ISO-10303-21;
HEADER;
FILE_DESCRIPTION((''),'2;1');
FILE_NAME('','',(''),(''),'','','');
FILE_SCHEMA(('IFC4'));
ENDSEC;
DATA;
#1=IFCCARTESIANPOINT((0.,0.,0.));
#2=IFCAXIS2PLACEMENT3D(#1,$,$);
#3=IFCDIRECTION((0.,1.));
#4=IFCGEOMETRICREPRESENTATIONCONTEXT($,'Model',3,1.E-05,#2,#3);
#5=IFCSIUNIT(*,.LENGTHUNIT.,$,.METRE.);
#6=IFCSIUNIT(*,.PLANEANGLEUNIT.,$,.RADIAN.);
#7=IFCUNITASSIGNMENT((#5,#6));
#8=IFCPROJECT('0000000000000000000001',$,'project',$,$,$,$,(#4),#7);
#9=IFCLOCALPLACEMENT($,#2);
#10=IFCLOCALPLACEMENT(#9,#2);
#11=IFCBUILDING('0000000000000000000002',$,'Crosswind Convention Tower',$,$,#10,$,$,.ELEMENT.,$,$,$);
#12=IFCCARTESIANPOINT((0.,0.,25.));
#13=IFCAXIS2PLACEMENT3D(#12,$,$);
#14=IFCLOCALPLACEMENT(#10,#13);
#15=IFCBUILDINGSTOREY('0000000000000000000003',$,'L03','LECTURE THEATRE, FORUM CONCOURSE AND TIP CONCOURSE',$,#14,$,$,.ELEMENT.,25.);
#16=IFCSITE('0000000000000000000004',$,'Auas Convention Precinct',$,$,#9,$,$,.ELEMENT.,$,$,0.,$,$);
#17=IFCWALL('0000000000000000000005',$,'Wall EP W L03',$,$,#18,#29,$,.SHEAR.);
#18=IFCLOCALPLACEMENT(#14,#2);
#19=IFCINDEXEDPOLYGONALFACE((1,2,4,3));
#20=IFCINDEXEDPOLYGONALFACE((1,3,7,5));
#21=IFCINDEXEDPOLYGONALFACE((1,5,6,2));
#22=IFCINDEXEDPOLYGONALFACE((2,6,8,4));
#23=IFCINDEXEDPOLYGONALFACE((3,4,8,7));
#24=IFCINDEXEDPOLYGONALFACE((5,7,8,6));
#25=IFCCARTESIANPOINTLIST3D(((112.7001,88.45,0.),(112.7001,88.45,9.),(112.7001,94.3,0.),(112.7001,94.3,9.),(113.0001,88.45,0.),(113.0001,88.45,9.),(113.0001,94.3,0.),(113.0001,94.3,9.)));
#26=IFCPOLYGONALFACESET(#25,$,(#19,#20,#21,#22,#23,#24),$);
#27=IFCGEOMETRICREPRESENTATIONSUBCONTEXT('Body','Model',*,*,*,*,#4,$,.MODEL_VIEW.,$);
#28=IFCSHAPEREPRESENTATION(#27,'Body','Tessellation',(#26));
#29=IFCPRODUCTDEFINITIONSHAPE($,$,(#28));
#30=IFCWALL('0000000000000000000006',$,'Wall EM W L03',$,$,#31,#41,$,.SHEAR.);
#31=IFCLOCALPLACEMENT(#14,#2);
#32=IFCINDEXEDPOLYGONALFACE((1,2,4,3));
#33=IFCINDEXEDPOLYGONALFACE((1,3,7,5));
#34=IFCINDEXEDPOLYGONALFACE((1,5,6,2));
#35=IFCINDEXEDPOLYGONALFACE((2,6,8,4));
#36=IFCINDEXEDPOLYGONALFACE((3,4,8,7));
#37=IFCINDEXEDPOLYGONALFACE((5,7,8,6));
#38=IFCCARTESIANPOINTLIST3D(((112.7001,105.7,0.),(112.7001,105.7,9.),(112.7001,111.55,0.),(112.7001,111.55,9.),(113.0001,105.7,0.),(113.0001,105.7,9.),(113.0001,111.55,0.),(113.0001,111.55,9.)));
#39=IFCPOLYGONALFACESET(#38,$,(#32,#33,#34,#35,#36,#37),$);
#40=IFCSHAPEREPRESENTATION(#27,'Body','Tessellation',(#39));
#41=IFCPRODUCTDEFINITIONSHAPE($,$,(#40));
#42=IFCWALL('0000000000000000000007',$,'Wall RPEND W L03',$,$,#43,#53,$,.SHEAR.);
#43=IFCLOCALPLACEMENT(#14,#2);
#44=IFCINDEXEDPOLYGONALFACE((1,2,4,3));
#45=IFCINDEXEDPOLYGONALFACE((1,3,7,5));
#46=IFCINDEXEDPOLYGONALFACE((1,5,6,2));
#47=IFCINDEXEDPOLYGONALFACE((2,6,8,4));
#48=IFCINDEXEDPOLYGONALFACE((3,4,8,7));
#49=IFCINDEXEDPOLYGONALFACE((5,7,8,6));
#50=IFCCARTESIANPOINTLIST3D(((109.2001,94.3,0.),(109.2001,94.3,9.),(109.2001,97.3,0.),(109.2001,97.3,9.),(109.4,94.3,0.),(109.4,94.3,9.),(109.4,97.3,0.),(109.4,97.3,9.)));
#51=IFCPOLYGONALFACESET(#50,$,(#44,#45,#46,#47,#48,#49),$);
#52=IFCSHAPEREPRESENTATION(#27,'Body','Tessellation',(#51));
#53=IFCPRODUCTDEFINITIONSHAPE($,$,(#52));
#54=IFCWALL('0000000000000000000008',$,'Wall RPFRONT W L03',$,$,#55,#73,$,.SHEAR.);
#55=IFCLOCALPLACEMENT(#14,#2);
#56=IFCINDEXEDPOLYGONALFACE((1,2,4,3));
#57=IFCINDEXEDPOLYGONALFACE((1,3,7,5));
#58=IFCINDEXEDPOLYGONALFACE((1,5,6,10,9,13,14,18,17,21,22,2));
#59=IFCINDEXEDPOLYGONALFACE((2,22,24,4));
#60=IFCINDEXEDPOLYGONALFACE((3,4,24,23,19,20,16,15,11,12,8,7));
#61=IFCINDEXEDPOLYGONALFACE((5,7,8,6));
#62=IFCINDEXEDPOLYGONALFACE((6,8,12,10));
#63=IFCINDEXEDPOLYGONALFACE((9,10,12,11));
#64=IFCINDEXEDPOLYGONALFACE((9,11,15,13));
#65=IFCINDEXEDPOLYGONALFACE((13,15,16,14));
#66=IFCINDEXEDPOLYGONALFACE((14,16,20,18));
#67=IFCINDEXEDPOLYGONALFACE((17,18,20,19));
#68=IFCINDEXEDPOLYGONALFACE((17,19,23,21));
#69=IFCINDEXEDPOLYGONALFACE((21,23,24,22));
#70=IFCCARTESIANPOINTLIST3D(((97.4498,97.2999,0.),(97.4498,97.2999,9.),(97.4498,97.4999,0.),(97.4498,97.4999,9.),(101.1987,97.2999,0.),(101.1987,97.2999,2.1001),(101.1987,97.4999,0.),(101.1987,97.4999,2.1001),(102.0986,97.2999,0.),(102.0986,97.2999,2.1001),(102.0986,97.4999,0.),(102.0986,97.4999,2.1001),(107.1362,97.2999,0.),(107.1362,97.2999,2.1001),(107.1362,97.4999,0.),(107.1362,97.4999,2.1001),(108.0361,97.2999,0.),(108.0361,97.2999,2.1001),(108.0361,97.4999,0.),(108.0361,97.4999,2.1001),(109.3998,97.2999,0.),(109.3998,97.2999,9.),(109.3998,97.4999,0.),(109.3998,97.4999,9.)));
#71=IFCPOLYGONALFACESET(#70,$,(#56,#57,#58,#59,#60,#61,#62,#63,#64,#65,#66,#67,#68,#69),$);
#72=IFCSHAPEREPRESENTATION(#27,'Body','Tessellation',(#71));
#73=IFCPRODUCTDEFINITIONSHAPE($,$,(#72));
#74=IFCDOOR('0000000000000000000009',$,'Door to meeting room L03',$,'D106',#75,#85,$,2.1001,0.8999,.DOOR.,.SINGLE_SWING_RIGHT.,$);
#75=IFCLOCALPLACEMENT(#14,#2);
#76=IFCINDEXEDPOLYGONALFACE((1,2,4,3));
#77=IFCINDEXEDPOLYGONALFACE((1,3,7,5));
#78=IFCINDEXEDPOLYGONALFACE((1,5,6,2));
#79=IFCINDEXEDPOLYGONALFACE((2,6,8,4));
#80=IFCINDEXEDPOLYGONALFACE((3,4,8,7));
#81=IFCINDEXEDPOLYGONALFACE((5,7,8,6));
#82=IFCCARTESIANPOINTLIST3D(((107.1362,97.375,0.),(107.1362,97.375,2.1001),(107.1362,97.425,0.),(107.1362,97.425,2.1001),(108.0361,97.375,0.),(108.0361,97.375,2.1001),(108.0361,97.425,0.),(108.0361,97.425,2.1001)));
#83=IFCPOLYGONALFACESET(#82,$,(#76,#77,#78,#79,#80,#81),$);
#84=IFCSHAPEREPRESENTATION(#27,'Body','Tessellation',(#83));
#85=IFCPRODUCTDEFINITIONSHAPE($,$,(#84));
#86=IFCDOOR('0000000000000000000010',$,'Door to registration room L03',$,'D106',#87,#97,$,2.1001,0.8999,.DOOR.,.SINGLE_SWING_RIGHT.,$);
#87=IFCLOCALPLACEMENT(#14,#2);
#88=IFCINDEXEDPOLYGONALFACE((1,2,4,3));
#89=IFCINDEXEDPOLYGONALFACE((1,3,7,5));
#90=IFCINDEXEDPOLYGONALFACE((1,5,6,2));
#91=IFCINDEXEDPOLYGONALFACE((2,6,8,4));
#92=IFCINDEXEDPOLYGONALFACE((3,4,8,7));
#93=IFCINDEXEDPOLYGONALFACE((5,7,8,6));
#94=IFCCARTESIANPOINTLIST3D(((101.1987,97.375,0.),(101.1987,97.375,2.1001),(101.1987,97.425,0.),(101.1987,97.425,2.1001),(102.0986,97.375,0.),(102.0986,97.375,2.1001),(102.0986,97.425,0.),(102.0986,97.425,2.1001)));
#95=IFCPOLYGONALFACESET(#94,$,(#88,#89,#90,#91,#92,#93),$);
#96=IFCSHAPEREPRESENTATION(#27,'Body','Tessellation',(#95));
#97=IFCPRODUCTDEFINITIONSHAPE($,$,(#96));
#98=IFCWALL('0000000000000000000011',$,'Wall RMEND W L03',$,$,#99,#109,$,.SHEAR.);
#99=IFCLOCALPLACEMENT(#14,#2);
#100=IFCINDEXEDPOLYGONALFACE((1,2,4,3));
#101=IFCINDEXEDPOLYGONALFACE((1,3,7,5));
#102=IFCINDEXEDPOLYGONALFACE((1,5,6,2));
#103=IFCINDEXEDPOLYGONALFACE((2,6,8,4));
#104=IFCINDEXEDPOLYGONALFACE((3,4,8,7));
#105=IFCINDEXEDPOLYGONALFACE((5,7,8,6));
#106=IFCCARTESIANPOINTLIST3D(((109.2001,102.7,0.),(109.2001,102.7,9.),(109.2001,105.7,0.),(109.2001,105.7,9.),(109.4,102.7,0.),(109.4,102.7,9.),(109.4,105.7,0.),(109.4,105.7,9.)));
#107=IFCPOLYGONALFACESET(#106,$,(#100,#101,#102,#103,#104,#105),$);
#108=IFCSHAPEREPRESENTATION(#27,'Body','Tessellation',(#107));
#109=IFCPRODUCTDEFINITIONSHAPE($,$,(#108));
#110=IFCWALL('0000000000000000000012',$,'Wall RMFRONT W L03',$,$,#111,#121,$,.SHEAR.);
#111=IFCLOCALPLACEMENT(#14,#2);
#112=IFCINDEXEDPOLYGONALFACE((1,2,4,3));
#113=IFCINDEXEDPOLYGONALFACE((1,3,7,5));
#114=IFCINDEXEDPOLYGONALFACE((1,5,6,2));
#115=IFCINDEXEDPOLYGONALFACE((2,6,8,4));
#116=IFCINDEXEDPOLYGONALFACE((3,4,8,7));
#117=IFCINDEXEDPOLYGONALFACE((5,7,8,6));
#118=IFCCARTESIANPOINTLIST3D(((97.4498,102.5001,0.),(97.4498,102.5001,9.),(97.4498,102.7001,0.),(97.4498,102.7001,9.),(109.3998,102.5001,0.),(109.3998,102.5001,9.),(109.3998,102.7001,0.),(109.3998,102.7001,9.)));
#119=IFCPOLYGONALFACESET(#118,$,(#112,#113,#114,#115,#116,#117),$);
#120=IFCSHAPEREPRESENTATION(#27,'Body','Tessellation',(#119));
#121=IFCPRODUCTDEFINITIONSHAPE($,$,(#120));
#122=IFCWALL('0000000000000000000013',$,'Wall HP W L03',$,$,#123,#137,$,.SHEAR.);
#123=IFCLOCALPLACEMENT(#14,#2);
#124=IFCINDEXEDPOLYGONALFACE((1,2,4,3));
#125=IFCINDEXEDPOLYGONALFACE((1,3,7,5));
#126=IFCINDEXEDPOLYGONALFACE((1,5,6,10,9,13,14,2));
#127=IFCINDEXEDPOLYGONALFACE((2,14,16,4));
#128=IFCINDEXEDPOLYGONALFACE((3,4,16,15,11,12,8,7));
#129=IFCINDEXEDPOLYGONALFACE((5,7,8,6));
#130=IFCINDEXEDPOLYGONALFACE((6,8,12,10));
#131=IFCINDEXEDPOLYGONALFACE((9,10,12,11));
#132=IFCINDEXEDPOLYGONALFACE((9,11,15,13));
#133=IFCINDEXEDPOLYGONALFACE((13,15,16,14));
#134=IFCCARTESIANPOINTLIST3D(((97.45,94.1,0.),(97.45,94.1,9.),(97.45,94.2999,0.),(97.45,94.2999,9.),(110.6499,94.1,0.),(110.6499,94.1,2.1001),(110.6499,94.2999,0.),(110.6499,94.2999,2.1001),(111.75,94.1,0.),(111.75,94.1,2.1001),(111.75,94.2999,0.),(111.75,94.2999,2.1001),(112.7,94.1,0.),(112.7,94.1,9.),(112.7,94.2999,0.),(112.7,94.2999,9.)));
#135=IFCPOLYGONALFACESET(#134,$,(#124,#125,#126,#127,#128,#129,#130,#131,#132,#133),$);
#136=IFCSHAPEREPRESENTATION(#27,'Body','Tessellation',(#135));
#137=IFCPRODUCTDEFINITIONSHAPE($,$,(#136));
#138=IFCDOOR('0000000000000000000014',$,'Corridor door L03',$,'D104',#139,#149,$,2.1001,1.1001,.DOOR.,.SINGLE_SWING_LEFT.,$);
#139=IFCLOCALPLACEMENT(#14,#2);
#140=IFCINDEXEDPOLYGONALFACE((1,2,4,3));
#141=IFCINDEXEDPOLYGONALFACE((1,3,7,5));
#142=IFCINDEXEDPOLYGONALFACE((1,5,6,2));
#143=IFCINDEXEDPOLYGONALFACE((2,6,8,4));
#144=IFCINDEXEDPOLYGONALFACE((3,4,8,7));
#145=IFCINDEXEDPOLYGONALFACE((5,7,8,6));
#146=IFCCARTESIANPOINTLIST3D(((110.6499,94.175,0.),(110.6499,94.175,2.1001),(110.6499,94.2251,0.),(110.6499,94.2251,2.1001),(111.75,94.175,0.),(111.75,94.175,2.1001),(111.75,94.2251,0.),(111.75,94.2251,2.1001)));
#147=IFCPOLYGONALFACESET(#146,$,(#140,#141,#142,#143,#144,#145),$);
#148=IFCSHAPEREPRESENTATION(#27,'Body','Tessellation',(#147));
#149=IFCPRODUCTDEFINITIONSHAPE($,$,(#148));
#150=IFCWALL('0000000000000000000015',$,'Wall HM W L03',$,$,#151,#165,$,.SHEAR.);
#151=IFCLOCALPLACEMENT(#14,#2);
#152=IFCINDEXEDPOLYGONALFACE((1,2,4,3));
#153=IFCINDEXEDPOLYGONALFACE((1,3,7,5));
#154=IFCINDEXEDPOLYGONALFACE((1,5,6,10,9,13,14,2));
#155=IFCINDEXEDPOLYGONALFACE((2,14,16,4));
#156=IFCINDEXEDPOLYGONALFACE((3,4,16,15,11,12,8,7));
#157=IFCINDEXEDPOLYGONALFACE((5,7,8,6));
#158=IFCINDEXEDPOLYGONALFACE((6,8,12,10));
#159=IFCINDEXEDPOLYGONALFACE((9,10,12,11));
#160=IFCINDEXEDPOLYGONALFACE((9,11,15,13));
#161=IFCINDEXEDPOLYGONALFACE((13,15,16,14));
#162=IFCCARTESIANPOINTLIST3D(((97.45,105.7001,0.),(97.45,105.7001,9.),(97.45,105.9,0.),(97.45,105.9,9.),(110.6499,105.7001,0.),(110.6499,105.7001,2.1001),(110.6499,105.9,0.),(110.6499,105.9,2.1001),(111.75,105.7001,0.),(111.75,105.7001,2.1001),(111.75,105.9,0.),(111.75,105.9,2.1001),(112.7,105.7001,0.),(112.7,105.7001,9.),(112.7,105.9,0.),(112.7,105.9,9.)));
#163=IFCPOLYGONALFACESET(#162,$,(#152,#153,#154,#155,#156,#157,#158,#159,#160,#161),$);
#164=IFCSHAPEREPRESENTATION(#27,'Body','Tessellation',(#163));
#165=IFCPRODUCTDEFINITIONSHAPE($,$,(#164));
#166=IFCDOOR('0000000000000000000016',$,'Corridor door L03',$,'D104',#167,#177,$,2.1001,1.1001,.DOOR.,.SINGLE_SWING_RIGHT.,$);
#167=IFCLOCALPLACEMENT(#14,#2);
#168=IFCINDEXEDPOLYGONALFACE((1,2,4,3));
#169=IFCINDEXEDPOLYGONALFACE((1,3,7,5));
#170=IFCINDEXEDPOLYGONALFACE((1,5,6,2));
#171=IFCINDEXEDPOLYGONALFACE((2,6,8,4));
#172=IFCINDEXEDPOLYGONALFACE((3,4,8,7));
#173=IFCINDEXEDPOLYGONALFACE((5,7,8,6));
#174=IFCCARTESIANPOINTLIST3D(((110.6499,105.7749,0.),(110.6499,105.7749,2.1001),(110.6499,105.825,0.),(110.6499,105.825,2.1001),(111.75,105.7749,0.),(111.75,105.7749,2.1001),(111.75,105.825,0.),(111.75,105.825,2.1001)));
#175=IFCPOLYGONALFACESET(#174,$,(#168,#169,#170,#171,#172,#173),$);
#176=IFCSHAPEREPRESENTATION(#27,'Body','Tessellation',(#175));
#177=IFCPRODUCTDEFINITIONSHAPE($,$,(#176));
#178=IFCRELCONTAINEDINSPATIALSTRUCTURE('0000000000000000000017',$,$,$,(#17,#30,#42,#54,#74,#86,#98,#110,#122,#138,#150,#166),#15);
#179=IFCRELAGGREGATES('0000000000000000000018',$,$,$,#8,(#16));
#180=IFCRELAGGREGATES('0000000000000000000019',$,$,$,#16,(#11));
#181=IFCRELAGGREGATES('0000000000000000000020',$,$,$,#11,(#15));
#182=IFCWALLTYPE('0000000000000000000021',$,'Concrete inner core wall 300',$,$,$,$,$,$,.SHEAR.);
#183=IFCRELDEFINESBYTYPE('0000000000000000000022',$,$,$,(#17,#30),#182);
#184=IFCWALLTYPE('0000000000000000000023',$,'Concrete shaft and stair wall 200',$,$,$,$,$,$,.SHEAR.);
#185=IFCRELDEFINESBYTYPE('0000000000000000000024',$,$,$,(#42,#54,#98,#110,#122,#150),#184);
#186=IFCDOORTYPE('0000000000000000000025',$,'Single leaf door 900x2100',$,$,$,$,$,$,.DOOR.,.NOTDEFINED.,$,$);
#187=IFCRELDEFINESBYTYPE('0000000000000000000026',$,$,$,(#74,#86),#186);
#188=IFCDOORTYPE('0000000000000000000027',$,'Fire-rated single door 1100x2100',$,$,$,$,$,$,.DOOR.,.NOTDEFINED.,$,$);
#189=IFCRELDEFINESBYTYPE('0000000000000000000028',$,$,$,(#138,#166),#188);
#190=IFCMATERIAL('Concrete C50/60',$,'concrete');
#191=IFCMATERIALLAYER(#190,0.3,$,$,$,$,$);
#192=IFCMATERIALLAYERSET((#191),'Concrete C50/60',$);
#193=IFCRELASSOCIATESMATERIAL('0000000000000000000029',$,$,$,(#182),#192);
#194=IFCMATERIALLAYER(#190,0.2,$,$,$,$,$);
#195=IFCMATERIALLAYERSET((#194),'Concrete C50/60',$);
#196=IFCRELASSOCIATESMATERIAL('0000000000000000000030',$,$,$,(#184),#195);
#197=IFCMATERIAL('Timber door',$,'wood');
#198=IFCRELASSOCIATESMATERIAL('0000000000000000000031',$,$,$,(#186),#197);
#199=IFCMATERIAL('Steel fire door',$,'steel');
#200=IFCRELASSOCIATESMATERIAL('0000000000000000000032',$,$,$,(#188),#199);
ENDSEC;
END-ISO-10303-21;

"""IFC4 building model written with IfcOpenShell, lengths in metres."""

from ifc_helpers import new_model, si_unit, direction, frame, frame_2d, origin, place, context, subcontext, project, spatial, rectangle, extrude, material, layer, layer_set, type_object, element, fill, save


model = new_model("IFC4")

# Units and contexts
model_context = context("Model", 3, precision=1e-05, world=origin(), true_north=direction((0.0, 1.0)))
body_context = subcontext(model_context, "Body", "Model", "MODEL_VIEW")
ifc_project = project(units=[si_unit("LENGTHUNIT", "METRE"), si_unit("PLANEANGLEUNIT", "RADIAN")], contexts=[model_context])

# Site, building, storey
site_placement = place(None, origin())
site = spatial("IfcSite", under=ifc_project, at=site_placement, Name="Auas Convention Precinct", CompositionType="ELEMENT", RefElevation=0.0)
building_placement = place(site_placement, origin())
building = spatial("IfcBuilding", under=site, at=building_placement, Name="Crosswind Convention Tower", CompositionType="ELEMENT")
storey_placement = place(building_placement, frame((0.0, 0.0, 25.0)))
storey = spatial("IfcBuildingStorey", under=building, at=storey_placement, Name="L03", Description="LECTURE THEATRE, FORUM CONCOURSE AND TIP CONCOURSE", CompositionType="ELEMENT", Elevation=25.0)

# Shared definitions
ifc_material_1 = material(Name="Concrete C50/60", Category="concrete")
ifc_layer_1 = layer(ifc_material_1, 0.3)
ifc_layer_set_1 = layer_set([ifc_layer_1], Name="Concrete C50/60")
wall_type_1 = type_object("IfcWallType", Name="Concrete inner core wall 300", PredefinedType="SHEAR", material=ifc_layer_set_1)

# Walls
for number, where, z_axis, x_axis, name in (
    (1, (112.8501, 94.3, 0.0), (0.0, 0.0, 1.0), (0.0, -1.0, 0.0), "Wall EP W L03"),
    (2, (112.8501, 111.55, 0.0), (0.0, 0.0, 1.0), (0.0, -1.0, 0.0), "Wall EM W L03"),
):
    element("IfcWall", number, at=place(storey_placement, frame(where, z_axis=z_axis, x_axis=x_axis)), inside=storey, type_object=wall_type_1, Name=name, PredefinedType="SHEAR", context=body_context, shape_type="SweptSolid", body=[
        extrude(rectangle(XDim=5.8501, YDim=0.3, at=frame_2d((2.925, 0.0))), origin(), (0.0, 0.0, 1.0), 9.0),
    ])
ifc_layer_2 = layer(ifc_material_1, 0.2)
ifc_layer_set_2 = layer_set([ifc_layer_2], Name="Concrete C50/60")
wall_type_2 = type_object("IfcWallType", Name="Concrete shaft and stair wall 200", PredefinedType="SHEAR", material=ifc_layer_set_2)
wall_1_placement = place(storey_placement, frame((109.3, 97.3, 0.0), z_axis=(0.0, 0.0, 1.0), x_axis=(0.0, -1.0, 0.0)))
element("IfcWall", 3, at=wall_1_placement, inside=storey, type_object=wall_type_2, Name="Wall RPEND W L03", PredefinedType="SHEAR", context=body_context, shape_type="SweptSolid", body=[
    extrude(rectangle(XDim=3.0, YDim=0.2, at=frame_2d((1.5, 0.0))), origin(), (0.0, 0.0, 1.0), 9.0),
])

# Wall, openings, doors
wall_2_placement = place(storey_placement, frame((109.3999, 97.3999, 0.0), z_axis=(0.0, 0.0, 1.0), x_axis=(-1.0, 0.0, 0.0)))
wall_2 = element("IfcWall", 4, at=wall_2_placement, inside=storey, type_object=wall_type_2, Name="Wall RPFRONT W L03", PredefinedType="SHEAR", context=body_context, shape_type="SweptSolid", body=[
    extrude(rectangle(XDim=11.95, YDim=0.2, at=frame_2d((5.9751, 0.0))), origin(), (0.0, 0.0, 1.0), 9.0),
])
opening_1_placement = place(wall_2_placement, frame((1.3638, 0.0, 0.0)))
opening_1 = element("IfcOpeningElement", 5, at=opening_1_placement, cuts=wall_2, PredefinedType="OPENING", context=body_context, shape_type="SweptSolid", body=[
    extrude(rectangle(XDim=0.8999, YDim=2.1001, at=frame_2d((0.45, 1.05))), frame((0.0, 0.1099, 0.0), z_axis=(0.0, -1.0, 0.0), x_axis=(1.0, 0.0, 0.0)), (0.0, 0.0, 1.0), 0.22),
])
opening_2_placement = place(wall_2_placement, frame((7.3013, 0.0, 0.0)))
opening_2 = element("IfcOpeningElement", 6, at=opening_2_placement, cuts=wall_2, PredefinedType="OPENING", context=body_context, shape_type="SweptSolid", body=[
    extrude(rectangle(XDim=0.8999, YDim=2.1001, at=frame_2d((0.45, 1.05))), frame((0.0, 0.1099, 0.0), z_axis=(0.0, -1.0, 0.0), x_axis=(1.0, 0.0, 0.0)), (0.0, 0.0, 1.0), 0.22),
])
ifc_material_2 = material(Name="Timber door", Category="wood")
door_type_1 = type_object("IfcDoorType", Name="Single leaf door 900x2100", OperationType="NOTDEFINED", PredefinedType="DOOR", material=ifc_material_2)
door_1_placement = place(opening_1_placement, origin())
door_1 = element("IfcDoor", 7, at=door_1_placement, inside=storey, type_object=door_type_1, Name="Door to meeting room L03", ObjectType="D106", OperationType="SINGLE_SWING_RIGHT", OverallHeight=2.1001, OverallWidth=0.8999, PredefinedType="DOOR", context=body_context, shape_type="SweptSolid", body=[
    extrude(rectangle(XDim=0.8999, YDim=2.1001, at=frame_2d((0.45, 1.05))), frame((0.0, 0.0249, 0.0), z_axis=(0.0, -1.0, 0.0), x_axis=(1.0, 0.0, 0.0)), (0.0, 0.0, 1.0), 0.05),
])
fill(opening_1, door_1)
door_2_placement = place(opening_2_placement, origin())
door_2 = element("IfcDoor", 8, at=door_2_placement, inside=storey, type_object=door_type_1, Name="Door to registration room L03", ObjectType="D106", OperationType="SINGLE_SWING_RIGHT", OverallHeight=2.1001, OverallWidth=0.8999, PredefinedType="DOOR", context=body_context, shape_type="SweptSolid", body=[
    extrude(rectangle(XDim=0.8999, YDim=2.1001, at=frame_2d((0.45, 1.05))), frame((0.0, 0.0249, 0.0), z_axis=(0.0, -1.0, 0.0), x_axis=(1.0, 0.0, 0.0)), (0.0, 0.0, 1.0), 0.05),
])
fill(opening_2, door_2)

# Walls
wall_3_placement = place(storey_placement, frame((109.3, 105.7, 0.0), z_axis=(0.0, 0.0, 1.0), x_axis=(0.0, -1.0, 0.0)))
element("IfcWall", 9, at=wall_3_placement, inside=storey, type_object=wall_type_2, Name="Wall RMEND W L03", PredefinedType="SHEAR", context=body_context, shape_type="SweptSolid", body=[
    extrude(rectangle(XDim=3.0, YDim=0.2, at=frame_2d((1.5, 0.0))), origin(), (0.0, 0.0, 1.0), 9.0),
])
wall_4_placement = place(storey_placement, frame((109.3999, 102.6001, 0.0), z_axis=(0.0, 0.0, 1.0), x_axis=(-1.0, 0.0, 0.0)))
element("IfcWall", 10, at=wall_4_placement, inside=storey, type_object=wall_type_2, Name="Wall RMFRONT W L03", PredefinedType="SHEAR", context=body_context, shape_type="SweptSolid", body=[
    extrude(rectangle(XDim=11.95, YDim=0.2, at=frame_2d((5.9751, 0.0))), origin(), (0.0, 0.0, 1.0), 9.0),
])

# Walls, openings, doors
wall_5_placement = place(storey_placement, frame((112.7, 94.2, 0.0), z_axis=(0.0, 0.0, 1.0), x_axis=(-1.0, 0.0, 0.0)))
wall_5 = element("IfcWall", 11, at=wall_5_placement, inside=storey, type_object=wall_type_2, Name="Wall HP W L03", PredefinedType="SHEAR", context=body_context, shape_type="SweptSolid", body=[
    extrude(rectangle(XDim=15.25, YDim=0.2, at=frame_2d((7.625, 0.0))), origin(), (0.0, 0.0, 1.0), 9.0),
])
opening_3_placement = place(wall_5_placement, frame((0.95, 0.0, 0.0)))
opening_3 = element("IfcOpeningElement", 12, at=opening_3_placement, cuts=wall_5, PredefinedType="OPENING", context=body_context, shape_type="SweptSolid", body=[
    extrude(rectangle(XDim=1.1001, YDim=2.1001, at=frame_2d((0.55, 1.05))), frame((0.0, 0.1099, 0.0), z_axis=(0.0, -1.0, 0.0), x_axis=(1.0, 0.0, 0.0)), (0.0, 0.0, 1.0), 0.22),
])
ifc_material_3 = material(Name="Steel fire door", Category="steel")
door_type_2 = type_object("IfcDoorType", Name="Fire-rated single door 1100x2100", OperationType="NOTDEFINED", PredefinedType="DOOR", material=ifc_material_3)
door_3_placement = place(opening_3_placement, origin())
door_3 = element("IfcDoor", 13, at=door_3_placement, inside=storey, type_object=door_type_2, Name="Corridor door L03", ObjectType="D104", OperationType="SINGLE_SWING_LEFT", OverallHeight=2.1001, OverallWidth=1.1001, PredefinedType="DOOR", context=body_context, shape_type="SweptSolid", body=[
    extrude(rectangle(XDim=1.1001, YDim=2.1001, at=frame_2d((0.55, 1.05))), frame((0.0, 0.0249, 0.0), z_axis=(0.0, -1.0, 0.0), x_axis=(1.0, 0.0, 0.0)), (0.0, 0.0, 1.0), 0.05),
])
fill(opening_3, door_3)
wall_6_placement = place(storey_placement, frame((112.7, 105.8, 0.0), z_axis=(0.0, 0.0, 1.0), x_axis=(-1.0, 0.0, 0.0)))
wall_6 = element("IfcWall", 14, at=wall_6_placement, inside=storey, type_object=wall_type_2, Name="Wall HM W L03", PredefinedType="SHEAR", context=body_context, shape_type="SweptSolid", body=[
    extrude(rectangle(XDim=15.25, YDim=0.2, at=frame_2d((7.625, 0.0))), origin(), (0.0, 0.0, 1.0), 9.0),
])
opening_4_placement = place(wall_6_placement, frame((0.95, 0.0, 0.0)))
opening_4 = element("IfcOpeningElement", 15, at=opening_4_placement, cuts=wall_6, PredefinedType="OPENING", context=body_context, shape_type="SweptSolid", body=[
    extrude(rectangle(XDim=1.1001, YDim=2.1001, at=frame_2d((0.55, 1.05))), frame((0.0, 0.1099, 0.0), z_axis=(0.0, -1.0, 0.0), x_axis=(1.0, 0.0, 0.0)), (0.0, 0.0, 1.0), 0.22),
])
door_4_placement = place(opening_4_placement, frame((1.1001, 0.0, 0.0), z_axis=(0.0, 0.0, 1.0), x_axis=(-1.0, 0.0, 0.0)))
door_4 = element("IfcDoor", 16, at=door_4_placement, inside=storey, type_object=door_type_2, Name="Corridor door L03", ObjectType="D104", OperationType="SINGLE_SWING_RIGHT", OverallHeight=2.1001, OverallWidth=1.1001, PredefinedType="DOOR", context=body_context, shape_type="SweptSolid", body=[
    extrude(rectangle(XDim=1.1001, YDim=2.1001, at=frame_2d((0.55, 1.05))), frame((0.0, 0.0249, 0.0), z_axis=(0.0, -1.0, 0.0), x_axis=(1.0, 0.0, 0.0)), (0.0, 0.0, 1.0), 0.05),
])
fill(opening_4, door_4)

save(model, "model.ifc")
